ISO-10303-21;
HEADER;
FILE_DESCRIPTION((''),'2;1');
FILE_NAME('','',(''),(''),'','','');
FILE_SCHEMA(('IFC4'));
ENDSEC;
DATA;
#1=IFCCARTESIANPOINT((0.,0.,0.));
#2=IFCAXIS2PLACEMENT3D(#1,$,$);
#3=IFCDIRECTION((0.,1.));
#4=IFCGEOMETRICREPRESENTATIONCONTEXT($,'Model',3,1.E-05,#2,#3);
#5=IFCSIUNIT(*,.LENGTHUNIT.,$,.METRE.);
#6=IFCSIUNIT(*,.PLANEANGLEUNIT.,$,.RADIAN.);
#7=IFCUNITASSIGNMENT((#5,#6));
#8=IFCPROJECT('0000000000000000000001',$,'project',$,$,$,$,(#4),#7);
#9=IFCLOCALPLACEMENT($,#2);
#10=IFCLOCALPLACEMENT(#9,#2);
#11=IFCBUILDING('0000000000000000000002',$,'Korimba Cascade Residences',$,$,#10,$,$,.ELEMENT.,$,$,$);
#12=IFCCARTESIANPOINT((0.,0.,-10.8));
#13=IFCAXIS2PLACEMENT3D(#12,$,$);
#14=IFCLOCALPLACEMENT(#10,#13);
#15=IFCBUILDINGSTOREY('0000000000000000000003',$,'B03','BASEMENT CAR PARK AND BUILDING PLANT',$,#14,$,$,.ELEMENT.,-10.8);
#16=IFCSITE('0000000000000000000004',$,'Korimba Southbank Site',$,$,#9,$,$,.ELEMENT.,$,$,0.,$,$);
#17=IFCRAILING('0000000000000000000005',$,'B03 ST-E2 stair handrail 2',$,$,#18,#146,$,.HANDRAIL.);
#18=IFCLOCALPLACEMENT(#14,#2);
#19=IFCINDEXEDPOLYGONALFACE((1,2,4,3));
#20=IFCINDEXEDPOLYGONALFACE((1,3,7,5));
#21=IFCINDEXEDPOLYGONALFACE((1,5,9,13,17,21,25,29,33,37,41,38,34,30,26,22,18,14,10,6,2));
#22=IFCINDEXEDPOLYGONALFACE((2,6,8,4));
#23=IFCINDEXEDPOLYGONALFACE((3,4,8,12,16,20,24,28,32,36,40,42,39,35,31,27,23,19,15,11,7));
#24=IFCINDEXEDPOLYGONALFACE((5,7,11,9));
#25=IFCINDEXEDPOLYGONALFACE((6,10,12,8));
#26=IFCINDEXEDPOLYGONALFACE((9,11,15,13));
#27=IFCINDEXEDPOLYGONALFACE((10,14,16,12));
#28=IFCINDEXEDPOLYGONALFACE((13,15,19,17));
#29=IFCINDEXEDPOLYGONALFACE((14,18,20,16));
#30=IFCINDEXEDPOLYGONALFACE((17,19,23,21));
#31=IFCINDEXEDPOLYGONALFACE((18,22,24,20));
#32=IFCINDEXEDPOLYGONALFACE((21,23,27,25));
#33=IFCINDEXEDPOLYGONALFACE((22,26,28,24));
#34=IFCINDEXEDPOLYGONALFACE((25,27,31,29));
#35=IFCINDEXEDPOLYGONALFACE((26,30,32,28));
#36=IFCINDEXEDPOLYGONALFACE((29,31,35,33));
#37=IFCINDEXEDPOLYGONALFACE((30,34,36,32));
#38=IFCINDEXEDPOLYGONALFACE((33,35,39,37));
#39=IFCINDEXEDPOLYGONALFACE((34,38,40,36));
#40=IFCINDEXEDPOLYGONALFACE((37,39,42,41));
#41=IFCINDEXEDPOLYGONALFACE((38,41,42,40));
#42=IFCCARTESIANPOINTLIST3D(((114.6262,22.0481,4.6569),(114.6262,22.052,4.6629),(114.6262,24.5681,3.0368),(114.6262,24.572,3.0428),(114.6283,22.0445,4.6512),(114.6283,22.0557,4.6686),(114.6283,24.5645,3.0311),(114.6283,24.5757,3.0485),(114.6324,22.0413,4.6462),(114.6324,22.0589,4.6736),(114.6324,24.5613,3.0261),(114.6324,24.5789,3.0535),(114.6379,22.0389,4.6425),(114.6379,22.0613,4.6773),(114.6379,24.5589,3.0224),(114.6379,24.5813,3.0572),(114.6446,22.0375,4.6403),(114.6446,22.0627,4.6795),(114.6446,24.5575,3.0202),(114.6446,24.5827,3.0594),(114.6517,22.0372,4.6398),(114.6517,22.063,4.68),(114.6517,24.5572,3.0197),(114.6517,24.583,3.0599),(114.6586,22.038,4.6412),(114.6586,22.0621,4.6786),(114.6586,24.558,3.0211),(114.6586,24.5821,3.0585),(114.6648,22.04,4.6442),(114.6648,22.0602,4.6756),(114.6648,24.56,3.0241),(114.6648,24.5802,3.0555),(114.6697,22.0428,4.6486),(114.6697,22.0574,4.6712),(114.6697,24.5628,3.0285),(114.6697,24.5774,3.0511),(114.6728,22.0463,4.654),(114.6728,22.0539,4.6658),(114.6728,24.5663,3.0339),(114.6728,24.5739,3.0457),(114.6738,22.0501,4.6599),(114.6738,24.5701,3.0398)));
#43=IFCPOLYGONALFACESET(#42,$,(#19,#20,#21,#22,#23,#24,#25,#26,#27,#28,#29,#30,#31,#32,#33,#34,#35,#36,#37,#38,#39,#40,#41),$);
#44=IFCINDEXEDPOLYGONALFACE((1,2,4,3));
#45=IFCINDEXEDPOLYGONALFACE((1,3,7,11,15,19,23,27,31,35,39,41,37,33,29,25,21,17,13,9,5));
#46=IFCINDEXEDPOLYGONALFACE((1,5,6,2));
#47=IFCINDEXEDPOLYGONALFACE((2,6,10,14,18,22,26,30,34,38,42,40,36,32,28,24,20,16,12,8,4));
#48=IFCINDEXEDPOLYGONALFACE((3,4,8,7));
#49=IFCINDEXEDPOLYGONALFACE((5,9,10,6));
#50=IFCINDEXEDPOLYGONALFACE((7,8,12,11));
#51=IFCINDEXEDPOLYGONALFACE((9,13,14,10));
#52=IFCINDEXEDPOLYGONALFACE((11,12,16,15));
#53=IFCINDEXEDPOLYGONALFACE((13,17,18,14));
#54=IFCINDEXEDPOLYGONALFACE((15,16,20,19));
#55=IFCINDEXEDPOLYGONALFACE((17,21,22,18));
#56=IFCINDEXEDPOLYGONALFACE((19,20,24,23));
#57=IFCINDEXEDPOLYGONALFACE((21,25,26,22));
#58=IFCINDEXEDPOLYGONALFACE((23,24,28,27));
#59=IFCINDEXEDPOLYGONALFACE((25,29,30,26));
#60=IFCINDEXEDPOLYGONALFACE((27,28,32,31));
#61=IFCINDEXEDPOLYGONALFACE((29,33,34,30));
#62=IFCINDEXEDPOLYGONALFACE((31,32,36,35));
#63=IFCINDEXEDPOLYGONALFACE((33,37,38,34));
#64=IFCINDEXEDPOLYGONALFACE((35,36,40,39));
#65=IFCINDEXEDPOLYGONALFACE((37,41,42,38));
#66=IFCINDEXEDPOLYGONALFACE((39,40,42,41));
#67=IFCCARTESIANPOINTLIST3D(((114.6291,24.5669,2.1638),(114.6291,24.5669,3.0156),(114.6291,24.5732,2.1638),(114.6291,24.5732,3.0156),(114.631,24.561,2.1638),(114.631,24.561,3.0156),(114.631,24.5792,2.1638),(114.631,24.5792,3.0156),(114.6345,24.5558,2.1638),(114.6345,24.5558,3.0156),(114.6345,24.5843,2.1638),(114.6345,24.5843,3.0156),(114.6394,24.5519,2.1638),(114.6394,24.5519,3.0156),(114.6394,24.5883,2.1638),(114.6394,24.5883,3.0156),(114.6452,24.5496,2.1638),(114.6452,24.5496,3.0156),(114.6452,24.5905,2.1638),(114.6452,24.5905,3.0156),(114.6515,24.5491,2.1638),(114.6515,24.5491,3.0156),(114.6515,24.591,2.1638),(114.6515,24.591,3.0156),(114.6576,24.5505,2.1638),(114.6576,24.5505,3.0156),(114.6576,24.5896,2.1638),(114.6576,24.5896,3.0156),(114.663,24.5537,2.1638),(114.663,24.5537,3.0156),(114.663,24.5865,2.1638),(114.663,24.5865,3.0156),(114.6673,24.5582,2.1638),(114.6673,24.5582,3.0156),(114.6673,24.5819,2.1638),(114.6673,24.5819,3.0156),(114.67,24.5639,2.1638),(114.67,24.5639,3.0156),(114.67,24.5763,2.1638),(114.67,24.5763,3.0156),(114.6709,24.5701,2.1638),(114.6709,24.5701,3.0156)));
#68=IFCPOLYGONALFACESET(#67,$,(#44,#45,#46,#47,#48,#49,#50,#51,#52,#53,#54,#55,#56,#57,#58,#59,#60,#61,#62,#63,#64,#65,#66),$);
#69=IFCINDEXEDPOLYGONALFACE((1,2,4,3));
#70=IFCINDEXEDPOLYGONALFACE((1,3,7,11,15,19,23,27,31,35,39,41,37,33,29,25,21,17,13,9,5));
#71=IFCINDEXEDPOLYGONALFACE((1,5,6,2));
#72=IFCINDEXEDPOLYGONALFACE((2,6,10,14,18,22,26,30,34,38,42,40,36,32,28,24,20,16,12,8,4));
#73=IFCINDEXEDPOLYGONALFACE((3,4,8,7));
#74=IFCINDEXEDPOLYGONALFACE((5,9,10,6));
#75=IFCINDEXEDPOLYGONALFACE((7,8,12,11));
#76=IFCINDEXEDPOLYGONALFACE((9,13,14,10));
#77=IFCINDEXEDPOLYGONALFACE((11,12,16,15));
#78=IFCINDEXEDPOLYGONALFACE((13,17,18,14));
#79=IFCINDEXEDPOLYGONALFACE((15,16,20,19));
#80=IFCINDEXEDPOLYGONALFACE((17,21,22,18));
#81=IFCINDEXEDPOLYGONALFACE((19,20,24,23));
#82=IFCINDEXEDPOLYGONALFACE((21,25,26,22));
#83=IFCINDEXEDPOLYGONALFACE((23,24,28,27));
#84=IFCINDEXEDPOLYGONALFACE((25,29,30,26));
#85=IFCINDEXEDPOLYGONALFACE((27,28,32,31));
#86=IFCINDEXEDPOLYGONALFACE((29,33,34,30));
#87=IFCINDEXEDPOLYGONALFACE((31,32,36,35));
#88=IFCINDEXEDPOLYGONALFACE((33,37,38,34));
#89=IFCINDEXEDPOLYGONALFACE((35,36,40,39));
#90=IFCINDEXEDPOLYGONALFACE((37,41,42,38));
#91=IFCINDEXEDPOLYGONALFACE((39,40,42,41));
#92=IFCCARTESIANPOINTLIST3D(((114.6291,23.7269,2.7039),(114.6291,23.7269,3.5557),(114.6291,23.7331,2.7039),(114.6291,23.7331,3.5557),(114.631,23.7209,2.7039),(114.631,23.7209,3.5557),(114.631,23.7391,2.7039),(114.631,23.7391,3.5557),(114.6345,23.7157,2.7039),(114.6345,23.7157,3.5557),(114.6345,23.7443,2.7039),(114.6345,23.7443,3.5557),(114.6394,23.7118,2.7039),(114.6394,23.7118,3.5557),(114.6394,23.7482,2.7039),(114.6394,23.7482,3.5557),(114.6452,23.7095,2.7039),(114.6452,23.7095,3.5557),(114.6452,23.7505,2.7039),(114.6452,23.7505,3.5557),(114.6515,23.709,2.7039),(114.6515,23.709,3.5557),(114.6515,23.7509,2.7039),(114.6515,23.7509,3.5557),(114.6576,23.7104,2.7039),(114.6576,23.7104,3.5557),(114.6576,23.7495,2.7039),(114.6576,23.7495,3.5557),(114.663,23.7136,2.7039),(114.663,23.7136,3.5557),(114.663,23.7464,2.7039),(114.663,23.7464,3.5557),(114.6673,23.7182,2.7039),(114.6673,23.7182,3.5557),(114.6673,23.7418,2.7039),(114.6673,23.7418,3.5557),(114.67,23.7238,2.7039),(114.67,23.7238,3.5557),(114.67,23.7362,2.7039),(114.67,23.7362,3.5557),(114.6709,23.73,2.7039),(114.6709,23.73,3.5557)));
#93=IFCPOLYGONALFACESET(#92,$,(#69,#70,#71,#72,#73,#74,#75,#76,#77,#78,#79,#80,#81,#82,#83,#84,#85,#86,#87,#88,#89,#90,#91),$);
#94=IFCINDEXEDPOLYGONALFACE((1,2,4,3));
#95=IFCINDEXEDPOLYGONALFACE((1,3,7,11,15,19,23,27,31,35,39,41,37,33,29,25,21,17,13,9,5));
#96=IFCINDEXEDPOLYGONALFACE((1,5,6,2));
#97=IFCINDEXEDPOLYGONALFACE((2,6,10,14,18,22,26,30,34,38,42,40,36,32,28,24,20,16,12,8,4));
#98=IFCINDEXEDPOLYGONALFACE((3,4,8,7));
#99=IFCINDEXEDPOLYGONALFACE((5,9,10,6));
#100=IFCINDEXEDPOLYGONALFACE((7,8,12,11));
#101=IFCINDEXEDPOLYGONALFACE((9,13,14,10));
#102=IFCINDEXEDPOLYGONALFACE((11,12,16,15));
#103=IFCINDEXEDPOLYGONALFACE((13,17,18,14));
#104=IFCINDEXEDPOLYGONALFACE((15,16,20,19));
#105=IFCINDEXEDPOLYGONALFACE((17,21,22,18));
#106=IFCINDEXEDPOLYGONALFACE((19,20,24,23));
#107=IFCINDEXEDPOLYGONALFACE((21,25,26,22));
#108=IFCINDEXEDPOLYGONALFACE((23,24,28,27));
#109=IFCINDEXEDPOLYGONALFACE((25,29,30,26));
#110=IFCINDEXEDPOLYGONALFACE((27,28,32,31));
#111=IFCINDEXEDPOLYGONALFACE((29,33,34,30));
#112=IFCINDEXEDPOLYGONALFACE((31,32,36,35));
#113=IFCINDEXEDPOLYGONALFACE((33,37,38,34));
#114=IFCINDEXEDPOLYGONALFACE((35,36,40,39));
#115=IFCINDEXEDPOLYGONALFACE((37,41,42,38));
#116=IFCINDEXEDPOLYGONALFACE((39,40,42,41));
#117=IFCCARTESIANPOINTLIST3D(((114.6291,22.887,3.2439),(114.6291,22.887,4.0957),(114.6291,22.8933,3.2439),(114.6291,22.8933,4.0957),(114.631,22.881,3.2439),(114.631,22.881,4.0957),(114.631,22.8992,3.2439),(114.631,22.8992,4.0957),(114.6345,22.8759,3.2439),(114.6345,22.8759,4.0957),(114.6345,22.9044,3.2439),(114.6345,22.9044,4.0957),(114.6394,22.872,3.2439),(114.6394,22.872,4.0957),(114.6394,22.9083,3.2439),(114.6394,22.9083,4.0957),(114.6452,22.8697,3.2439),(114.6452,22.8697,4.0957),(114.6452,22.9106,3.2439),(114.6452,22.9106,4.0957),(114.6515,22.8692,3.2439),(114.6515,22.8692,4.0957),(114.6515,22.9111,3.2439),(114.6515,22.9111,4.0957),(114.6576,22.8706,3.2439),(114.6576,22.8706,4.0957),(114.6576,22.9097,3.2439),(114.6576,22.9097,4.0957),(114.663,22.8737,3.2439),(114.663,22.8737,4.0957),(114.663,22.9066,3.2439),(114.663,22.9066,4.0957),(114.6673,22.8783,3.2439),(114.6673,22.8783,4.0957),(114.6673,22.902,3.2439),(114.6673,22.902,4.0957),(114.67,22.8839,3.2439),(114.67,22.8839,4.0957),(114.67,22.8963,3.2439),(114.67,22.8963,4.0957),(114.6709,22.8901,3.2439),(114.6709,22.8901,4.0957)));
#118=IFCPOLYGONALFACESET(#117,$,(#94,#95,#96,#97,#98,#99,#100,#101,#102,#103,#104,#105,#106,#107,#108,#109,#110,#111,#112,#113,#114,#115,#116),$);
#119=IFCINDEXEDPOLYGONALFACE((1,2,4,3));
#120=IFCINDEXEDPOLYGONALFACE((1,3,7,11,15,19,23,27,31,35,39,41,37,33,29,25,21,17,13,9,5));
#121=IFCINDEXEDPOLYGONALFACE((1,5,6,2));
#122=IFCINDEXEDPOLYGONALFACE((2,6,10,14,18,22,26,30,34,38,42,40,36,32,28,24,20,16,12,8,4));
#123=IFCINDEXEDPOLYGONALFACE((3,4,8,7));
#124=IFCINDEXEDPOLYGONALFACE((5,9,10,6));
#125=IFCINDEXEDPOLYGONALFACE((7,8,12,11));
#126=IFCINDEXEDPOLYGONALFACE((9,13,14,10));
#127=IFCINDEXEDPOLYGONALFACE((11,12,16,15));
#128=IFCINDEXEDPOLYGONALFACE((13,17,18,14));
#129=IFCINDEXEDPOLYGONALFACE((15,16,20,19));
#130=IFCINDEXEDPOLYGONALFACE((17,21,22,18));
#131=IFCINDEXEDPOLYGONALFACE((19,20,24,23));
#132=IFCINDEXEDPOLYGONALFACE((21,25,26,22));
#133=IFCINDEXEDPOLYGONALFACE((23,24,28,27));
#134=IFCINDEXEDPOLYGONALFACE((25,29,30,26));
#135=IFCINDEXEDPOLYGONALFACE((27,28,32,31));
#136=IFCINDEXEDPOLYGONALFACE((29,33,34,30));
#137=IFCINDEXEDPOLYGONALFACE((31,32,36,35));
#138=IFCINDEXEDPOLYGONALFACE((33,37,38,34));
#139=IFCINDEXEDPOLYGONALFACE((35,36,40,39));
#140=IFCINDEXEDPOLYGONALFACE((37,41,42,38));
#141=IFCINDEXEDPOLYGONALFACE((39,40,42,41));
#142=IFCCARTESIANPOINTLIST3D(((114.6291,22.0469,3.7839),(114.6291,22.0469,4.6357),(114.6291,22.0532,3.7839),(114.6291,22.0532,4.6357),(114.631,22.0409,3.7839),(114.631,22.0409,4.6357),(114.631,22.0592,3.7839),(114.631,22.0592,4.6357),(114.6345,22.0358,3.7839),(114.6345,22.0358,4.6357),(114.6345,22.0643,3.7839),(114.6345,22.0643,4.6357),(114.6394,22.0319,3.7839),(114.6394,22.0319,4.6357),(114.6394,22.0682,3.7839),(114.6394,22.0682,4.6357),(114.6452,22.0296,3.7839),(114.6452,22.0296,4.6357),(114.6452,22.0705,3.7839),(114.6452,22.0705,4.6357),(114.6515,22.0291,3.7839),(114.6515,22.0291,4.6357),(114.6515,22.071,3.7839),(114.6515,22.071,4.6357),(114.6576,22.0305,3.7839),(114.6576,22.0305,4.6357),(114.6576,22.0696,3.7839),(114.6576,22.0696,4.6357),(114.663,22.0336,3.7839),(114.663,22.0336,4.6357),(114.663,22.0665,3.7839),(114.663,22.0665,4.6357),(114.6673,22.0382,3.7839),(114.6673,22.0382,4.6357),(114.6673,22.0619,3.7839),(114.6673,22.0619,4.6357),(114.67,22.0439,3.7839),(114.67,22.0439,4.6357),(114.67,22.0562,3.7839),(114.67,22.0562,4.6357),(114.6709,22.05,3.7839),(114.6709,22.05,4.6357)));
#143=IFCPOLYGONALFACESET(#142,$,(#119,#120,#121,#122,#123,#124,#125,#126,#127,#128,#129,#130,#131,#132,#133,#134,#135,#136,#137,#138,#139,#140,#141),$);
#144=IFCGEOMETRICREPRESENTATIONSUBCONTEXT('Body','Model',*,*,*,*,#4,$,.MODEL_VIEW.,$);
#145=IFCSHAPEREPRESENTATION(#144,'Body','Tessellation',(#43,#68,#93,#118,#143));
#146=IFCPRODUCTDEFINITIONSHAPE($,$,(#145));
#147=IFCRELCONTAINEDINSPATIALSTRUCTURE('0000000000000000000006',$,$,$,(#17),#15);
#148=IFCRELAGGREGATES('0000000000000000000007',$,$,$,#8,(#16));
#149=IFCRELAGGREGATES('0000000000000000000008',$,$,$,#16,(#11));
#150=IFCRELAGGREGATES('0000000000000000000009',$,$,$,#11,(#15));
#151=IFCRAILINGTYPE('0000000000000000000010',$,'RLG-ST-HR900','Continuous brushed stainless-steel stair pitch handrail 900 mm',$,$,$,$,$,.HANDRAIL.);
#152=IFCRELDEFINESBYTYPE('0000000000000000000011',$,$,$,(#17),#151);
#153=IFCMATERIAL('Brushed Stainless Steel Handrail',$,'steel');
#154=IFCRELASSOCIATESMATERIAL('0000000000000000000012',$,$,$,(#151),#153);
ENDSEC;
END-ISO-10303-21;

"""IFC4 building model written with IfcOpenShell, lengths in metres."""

from ifc_helpers import new_model, si_unit, direction, frame, origin, origin_2d, place, context, subcontext, project, spatial, circle, extrude, material, type_object, element, save


model = new_model("IFC4")

# Units and contexts
model_context = context("Model", 3, precision=1e-05, world=origin(), true_north=direction((0.0, 1.0)))
body_context = subcontext(model_context, "Body", "Model", "MODEL_VIEW")
ifc_project = project(units=[si_unit("LENGTHUNIT", "METRE"), si_unit("PLANEANGLEUNIT", "RADIAN")], contexts=[model_context])

# Site, building, storey
site_placement = place(None, origin())
site = spatial("IfcSite", under=ifc_project, at=site_placement, Name="Korimba Southbank Site", CompositionType="ELEMENT", RefElevation=0.0)
building_placement = place(site_placement, origin())
building = spatial("IfcBuilding", under=site, at=building_placement, Name="Korimba Cascade Residences", CompositionType="ELEMENT")
storey_placement = place(building_placement, frame((0.0, 0.0, -10.8)))
storey = spatial("IfcBuildingStorey", under=building, at=storey_placement, Name="B03", Description="BASEMENT CAR PARK AND BUILDING PLANT", CompositionType="ELEMENT", Elevation=-10.8)

# Railing
ifc_material_1 = material(Name="Brushed Stainless Steel Handrail", Category="steel")
railing_type = type_object("IfcRailingType", Name="RLG-ST-HR900", Description="Continuous brushed stainless-steel stair pitch handrail 900 mm", PredefinedType="HANDRAIL", material=ifc_material_1)
railing_placement = place(storey_placement, frame((114.6499, 24.5701, 2.1638)))
element("IfcRailing", 1, at=railing_placement, inside=storey, type_object=railing_type, Name="B03 ST-E2 stair handrail 2", PredefinedType="HANDRAIL", context=body_context, shape_type="SweptSolid", body=[
    extrude(circle(Radius=0.0239, at=origin_2d()), frame((0.0, 0.0, 0.876), z_axis=(0.0, -0.841163, 0.540782), x_axis=(1.0, 0.0, 0.0)), (0.0, 0.0, 1.0), 2.9958),
    extrude(circle(Radius=0.021, at=origin_2d()), origin(), (0.0, 0.0, 1.0), 0.8518),
    extrude(circle(Radius=0.021, at=origin_2d()), frame((0.0, -0.8401, 0.54)), (0.0, 0.0, 1.0), 0.8518),
    extrude(circle(Radius=0.021, at=origin_2d()), frame((0.0, -1.6799, 1.0801)), (0.0, 0.0, 1.0), 0.8518),
    extrude(circle(Radius=0.021, at=origin_2d()), frame((0.0, -2.52, 1.6201)), (0.0, 0.0, 1.0), 0.8518),
])

save(model, "model.ifc")
